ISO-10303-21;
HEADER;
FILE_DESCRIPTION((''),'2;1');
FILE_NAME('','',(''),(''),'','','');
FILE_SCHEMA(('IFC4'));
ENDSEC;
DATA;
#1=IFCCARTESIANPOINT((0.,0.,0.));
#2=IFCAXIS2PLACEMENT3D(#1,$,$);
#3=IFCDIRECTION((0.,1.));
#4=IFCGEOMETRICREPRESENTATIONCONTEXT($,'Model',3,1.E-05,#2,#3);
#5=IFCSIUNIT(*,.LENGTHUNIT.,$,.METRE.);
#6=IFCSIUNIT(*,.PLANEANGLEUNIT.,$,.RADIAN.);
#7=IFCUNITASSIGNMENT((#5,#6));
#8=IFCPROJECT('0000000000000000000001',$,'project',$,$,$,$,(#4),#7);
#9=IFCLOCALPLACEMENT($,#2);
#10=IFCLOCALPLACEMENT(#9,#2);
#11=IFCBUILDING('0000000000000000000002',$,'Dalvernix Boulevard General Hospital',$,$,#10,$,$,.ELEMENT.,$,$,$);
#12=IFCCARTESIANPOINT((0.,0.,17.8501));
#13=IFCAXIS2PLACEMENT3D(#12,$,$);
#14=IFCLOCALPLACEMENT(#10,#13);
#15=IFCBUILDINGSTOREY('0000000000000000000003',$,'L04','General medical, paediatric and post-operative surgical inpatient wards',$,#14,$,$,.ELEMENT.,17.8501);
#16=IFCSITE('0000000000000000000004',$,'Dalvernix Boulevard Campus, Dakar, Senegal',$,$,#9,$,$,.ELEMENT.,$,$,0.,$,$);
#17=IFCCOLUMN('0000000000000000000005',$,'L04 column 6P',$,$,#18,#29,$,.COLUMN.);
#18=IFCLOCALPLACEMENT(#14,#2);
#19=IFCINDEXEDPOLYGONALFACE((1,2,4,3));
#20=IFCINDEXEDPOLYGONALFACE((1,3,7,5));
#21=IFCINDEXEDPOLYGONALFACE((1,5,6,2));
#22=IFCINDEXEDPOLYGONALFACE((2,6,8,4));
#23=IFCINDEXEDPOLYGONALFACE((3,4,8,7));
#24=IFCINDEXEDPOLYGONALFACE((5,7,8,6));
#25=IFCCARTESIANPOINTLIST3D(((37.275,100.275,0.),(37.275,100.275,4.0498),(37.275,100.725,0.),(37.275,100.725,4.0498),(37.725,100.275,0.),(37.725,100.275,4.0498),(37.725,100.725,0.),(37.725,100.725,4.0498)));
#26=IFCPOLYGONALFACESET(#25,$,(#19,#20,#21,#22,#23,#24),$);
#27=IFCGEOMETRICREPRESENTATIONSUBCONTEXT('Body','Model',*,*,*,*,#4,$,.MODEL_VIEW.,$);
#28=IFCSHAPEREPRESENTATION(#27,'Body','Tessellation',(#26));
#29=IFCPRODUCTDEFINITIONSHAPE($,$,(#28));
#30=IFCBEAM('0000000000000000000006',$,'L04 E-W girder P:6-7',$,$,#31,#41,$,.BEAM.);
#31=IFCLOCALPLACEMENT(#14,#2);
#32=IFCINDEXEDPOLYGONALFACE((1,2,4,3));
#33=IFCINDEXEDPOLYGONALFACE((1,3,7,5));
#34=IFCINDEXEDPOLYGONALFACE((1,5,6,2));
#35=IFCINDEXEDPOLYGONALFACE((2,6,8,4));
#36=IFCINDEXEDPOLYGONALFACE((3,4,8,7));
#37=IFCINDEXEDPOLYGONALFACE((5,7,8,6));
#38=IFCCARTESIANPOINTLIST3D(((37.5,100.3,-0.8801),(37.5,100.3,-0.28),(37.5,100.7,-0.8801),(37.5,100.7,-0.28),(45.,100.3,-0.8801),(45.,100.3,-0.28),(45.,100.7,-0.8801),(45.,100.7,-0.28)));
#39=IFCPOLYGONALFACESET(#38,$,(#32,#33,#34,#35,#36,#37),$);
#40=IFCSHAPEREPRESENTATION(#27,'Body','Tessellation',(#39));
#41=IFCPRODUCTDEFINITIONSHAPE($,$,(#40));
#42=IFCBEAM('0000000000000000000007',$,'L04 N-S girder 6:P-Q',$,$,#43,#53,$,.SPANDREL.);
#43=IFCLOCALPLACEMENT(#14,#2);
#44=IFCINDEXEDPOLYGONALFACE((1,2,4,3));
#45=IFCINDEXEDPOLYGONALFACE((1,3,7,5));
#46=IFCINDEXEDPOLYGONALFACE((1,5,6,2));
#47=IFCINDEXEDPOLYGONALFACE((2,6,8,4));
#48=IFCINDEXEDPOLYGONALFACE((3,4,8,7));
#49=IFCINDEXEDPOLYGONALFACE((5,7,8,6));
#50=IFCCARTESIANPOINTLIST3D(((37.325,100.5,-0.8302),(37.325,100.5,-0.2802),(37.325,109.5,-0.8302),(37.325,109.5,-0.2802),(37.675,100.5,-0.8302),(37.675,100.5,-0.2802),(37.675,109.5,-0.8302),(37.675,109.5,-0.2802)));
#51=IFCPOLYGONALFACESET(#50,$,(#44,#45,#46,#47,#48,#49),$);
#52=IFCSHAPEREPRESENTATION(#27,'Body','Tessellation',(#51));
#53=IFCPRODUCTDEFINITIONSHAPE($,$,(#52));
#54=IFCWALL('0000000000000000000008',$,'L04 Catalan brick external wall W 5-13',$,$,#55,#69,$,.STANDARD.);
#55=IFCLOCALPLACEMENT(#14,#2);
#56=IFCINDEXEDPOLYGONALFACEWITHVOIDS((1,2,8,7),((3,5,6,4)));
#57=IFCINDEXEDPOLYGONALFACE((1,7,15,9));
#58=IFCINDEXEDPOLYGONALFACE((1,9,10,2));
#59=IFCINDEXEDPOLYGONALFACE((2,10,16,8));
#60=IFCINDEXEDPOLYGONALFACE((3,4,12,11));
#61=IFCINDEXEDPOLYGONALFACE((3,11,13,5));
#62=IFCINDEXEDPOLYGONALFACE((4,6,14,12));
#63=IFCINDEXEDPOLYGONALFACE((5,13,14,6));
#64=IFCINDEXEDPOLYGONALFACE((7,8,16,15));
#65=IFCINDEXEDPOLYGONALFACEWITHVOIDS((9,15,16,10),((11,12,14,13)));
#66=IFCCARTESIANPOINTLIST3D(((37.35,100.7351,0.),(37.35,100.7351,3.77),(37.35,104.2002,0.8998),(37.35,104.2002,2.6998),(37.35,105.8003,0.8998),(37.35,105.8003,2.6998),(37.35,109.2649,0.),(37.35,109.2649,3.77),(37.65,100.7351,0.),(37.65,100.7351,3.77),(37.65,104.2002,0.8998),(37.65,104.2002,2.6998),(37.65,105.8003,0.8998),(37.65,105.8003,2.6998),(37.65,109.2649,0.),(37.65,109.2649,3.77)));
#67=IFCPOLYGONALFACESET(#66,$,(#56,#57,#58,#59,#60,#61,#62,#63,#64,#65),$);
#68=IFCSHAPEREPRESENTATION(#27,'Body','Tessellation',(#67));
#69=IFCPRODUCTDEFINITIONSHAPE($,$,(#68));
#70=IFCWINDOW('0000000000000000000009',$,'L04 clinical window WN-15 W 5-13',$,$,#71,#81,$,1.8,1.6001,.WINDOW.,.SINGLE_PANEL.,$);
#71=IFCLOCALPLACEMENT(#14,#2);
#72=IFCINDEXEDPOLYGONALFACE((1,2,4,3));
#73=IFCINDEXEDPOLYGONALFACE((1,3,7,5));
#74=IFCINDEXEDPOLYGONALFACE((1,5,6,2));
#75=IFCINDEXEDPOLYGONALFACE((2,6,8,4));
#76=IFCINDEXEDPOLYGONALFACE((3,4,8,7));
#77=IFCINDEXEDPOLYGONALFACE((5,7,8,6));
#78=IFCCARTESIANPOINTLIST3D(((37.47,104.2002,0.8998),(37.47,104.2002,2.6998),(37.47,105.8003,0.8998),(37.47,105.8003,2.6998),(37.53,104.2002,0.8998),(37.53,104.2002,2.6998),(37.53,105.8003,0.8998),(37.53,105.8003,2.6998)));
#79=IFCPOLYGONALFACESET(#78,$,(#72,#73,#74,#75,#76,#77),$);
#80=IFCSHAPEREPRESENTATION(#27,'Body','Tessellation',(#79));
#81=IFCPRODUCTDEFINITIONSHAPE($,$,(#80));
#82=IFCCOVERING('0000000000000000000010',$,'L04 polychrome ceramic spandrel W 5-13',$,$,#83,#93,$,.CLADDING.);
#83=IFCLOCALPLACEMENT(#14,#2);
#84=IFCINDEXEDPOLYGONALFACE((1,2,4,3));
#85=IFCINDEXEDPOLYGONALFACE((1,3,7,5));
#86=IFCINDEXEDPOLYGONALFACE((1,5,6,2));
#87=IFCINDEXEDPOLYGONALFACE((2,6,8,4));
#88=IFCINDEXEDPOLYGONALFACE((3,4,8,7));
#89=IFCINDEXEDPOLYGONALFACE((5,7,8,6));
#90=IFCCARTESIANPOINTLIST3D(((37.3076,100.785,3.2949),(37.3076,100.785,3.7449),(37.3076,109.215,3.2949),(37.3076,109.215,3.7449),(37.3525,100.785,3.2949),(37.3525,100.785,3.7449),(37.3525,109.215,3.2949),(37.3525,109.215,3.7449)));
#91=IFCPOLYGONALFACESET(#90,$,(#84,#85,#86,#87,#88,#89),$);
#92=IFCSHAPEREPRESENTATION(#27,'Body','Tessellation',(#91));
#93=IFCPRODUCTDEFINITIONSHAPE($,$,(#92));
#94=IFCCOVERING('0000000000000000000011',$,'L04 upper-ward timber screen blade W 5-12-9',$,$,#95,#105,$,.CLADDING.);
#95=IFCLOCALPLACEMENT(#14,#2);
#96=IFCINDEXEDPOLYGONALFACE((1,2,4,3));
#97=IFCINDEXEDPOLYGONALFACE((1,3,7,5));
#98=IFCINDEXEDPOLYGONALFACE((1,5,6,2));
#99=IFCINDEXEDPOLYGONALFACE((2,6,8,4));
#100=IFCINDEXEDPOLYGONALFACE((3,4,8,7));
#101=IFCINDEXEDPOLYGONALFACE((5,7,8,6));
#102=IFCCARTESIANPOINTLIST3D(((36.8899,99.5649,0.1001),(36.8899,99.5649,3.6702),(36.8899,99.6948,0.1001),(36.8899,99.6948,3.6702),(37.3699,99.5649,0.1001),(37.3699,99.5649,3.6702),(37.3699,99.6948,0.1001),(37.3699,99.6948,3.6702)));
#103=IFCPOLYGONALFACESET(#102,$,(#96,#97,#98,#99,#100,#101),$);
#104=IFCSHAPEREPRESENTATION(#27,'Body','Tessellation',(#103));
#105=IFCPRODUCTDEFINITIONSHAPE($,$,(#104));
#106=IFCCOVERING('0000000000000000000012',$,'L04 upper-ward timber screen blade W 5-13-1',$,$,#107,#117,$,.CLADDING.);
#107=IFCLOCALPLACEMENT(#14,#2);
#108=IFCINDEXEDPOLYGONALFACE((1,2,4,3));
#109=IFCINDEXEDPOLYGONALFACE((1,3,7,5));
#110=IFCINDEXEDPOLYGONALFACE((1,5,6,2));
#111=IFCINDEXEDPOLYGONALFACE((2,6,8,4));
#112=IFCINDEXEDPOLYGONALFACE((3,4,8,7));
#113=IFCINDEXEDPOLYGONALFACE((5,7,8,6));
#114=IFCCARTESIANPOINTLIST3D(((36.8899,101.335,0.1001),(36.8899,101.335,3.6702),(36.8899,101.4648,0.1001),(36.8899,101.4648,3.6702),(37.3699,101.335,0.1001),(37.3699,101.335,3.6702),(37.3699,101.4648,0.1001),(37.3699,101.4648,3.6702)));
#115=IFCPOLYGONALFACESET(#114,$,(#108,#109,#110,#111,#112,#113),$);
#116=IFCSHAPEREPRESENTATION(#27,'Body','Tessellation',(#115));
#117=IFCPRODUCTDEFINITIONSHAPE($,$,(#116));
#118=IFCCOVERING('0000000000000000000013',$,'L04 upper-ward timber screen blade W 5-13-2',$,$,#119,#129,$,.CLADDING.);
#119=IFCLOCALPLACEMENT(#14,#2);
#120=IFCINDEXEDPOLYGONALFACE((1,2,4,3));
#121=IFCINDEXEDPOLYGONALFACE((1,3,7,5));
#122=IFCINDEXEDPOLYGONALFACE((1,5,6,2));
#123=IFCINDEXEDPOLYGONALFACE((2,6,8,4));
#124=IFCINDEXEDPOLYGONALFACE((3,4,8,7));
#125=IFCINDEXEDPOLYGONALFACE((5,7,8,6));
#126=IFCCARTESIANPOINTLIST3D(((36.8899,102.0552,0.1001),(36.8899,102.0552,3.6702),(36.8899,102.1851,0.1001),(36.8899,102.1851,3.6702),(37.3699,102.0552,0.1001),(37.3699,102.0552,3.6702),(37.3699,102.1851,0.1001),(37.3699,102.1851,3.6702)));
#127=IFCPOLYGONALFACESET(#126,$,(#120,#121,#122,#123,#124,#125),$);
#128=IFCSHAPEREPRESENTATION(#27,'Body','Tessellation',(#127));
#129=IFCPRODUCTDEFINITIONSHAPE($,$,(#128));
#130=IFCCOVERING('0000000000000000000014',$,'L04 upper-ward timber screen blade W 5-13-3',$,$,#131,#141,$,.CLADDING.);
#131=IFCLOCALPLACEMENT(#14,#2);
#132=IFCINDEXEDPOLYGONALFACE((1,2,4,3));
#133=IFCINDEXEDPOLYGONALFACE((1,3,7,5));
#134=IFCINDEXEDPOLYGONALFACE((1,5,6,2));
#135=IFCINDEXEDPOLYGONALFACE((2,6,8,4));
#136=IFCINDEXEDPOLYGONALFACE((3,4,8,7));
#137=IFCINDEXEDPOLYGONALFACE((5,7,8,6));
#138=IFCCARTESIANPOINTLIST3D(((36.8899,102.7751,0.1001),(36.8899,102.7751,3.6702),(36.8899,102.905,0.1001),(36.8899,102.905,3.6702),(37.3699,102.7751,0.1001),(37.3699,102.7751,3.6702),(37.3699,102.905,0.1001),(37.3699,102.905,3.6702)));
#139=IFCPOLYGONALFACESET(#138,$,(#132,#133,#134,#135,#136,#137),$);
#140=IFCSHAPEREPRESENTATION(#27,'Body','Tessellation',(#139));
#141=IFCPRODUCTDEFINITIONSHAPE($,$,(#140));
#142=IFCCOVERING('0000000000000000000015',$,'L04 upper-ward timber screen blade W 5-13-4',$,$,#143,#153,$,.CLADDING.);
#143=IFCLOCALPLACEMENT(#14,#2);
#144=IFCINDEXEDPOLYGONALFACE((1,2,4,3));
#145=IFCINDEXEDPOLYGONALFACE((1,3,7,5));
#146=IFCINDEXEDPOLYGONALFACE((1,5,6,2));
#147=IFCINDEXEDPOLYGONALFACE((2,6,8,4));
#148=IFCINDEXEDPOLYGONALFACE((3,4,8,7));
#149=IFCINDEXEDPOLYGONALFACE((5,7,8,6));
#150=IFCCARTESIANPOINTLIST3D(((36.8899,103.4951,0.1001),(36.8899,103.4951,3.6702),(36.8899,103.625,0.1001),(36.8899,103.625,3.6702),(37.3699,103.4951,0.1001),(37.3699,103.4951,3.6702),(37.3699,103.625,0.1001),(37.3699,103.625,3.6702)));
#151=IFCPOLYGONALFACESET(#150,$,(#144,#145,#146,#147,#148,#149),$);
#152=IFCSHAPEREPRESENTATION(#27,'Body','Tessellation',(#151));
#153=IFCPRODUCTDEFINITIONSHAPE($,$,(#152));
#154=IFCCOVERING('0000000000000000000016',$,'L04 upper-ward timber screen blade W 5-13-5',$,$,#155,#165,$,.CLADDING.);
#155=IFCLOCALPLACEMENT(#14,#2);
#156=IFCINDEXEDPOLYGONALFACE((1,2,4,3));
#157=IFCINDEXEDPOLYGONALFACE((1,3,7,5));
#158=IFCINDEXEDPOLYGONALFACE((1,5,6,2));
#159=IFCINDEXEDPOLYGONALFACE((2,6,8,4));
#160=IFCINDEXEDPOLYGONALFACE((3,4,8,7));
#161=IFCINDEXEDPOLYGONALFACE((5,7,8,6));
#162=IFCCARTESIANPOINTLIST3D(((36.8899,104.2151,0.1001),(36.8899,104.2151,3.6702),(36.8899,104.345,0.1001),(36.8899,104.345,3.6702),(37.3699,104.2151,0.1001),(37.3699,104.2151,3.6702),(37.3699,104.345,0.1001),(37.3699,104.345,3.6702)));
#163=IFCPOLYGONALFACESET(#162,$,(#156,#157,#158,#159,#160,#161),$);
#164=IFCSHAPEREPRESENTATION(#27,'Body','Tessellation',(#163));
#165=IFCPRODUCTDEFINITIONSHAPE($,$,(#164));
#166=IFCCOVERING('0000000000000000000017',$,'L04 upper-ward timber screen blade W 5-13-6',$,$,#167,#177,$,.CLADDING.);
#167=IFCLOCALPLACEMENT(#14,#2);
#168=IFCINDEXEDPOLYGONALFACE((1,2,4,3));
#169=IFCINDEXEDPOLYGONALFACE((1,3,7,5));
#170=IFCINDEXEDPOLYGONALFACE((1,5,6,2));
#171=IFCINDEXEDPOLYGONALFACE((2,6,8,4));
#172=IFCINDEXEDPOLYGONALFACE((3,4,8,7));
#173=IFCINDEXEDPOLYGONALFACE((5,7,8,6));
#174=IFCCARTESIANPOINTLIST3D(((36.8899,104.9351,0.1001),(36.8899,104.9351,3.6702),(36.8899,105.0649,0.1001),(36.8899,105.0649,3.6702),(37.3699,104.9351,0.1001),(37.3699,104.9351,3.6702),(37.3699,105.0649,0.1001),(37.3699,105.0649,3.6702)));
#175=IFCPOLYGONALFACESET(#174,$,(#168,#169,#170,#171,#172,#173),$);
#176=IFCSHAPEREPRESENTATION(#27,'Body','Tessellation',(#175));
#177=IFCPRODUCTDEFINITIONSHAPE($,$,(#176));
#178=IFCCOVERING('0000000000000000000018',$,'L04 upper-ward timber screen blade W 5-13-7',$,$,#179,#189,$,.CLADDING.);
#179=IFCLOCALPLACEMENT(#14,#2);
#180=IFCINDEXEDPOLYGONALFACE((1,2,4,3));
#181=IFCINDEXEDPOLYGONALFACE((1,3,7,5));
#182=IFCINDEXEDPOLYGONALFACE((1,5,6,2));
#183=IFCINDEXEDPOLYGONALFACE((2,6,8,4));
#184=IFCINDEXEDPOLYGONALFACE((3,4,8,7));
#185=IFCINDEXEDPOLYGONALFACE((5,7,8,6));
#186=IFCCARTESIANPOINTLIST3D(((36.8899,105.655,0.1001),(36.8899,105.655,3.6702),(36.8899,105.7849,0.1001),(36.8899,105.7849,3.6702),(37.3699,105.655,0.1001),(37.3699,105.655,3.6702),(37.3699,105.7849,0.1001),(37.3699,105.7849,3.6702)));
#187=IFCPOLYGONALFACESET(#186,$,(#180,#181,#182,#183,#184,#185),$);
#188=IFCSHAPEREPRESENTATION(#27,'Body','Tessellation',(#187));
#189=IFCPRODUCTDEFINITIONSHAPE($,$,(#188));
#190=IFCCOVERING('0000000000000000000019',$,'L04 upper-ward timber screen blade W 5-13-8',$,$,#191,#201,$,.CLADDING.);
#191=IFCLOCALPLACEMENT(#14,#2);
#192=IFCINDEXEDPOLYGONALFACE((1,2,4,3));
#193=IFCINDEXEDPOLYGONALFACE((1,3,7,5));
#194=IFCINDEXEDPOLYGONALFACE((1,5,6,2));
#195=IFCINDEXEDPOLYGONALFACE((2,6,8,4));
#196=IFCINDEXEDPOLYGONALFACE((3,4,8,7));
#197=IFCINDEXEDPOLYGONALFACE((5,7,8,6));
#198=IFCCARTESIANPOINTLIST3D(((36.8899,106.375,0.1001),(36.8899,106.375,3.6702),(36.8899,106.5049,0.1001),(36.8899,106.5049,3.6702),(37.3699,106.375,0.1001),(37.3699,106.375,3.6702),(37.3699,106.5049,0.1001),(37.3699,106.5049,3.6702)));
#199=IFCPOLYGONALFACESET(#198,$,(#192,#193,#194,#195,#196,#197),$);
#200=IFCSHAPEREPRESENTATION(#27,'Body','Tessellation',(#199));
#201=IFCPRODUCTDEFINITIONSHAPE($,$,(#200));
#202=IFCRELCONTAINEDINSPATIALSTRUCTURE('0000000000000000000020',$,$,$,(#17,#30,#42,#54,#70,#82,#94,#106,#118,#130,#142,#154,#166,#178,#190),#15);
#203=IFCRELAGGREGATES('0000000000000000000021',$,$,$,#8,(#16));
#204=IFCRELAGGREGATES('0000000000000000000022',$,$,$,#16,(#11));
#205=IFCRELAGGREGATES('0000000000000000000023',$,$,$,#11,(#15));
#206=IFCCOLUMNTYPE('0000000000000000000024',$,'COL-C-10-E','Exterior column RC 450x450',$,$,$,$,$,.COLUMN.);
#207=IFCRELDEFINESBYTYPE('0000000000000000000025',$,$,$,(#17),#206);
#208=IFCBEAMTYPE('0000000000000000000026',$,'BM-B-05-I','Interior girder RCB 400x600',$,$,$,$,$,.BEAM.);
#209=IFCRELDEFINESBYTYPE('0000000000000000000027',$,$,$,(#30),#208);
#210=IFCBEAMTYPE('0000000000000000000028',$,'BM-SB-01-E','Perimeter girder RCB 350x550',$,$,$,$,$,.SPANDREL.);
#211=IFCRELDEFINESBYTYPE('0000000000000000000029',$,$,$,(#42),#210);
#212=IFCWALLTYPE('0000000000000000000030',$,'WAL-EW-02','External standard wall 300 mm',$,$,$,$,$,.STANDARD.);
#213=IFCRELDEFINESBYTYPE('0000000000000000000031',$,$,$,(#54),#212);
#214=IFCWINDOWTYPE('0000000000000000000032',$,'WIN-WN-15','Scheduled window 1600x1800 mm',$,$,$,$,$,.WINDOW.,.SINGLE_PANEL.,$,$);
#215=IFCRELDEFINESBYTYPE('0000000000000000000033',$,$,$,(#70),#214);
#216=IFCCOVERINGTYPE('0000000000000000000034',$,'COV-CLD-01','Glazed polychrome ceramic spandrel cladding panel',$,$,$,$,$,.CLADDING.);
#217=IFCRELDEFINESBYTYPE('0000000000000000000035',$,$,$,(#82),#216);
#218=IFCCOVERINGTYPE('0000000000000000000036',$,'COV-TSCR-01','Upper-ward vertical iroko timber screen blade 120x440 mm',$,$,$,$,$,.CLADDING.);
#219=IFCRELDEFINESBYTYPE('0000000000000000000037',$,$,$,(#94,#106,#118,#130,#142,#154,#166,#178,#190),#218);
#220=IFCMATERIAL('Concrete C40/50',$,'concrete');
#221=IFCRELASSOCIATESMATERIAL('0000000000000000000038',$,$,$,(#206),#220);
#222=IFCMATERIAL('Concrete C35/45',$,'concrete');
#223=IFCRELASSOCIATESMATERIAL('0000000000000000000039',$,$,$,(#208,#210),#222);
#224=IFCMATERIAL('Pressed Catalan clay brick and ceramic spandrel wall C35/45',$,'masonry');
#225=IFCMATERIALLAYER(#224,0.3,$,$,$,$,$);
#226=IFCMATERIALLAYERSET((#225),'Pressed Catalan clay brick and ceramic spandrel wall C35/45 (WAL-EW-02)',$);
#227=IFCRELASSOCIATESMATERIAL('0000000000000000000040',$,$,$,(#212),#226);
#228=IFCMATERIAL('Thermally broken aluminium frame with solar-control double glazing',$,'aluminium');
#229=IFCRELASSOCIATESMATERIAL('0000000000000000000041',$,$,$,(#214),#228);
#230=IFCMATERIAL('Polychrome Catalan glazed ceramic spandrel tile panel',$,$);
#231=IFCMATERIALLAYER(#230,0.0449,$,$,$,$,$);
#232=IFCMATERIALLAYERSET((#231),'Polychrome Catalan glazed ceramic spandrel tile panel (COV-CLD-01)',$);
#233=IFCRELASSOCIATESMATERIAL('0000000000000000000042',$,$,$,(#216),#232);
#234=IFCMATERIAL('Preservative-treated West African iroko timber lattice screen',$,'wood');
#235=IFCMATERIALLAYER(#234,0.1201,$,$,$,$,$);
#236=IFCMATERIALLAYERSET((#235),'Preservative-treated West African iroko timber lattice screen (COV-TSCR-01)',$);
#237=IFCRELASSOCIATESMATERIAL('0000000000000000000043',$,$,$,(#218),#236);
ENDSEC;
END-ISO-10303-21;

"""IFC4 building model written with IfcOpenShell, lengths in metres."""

from ifc_helpers import new_model, si_unit, direction, frame, frame_2d, origin, origin_2d, place, context, subcontext, project, spatial, rectangle, extrude, material, layer, layer_set, material_profile, profile_set, type_object, element, fill, save


model = new_model("IFC4")

# Units and contexts
model_context = context("Model", 3, precision=1e-05, world=origin(), true_north=direction((0.0, 1.0)))
body_context = subcontext(model_context, "Body", "Model", "MODEL_VIEW")
ifc_project = project(units=[si_unit("LENGTHUNIT", "METRE"), si_unit("PLANEANGLEUNIT", "RADIAN")], contexts=[model_context])

# Site, building, storey
site_placement = place(None, origin())
site = spatial("IfcSite", under=ifc_project, at=site_placement, Name="Dalvernix Boulevard Campus, Dakar, Senegal", CompositionType="ELEMENT", RefElevation=0.0)
building_placement = place(site_placement, origin())
building = spatial("IfcBuilding", under=site, at=building_placement, Name="Dalvernix Boulevard General Hospital", CompositionType="ELEMENT")
storey_placement = place(building_placement, frame((0.0, 0.0, 17.8501)))
storey = spatial("IfcBuildingStorey", under=building, at=storey_placement, Name="L04", Description="General medical, paediatric and post-operative surgical inpatient wards", CompositionType="ELEMENT", Elevation=17.8501)

# Column
ifc_material_1 = material(Name="Concrete C40/50", Category="concrete")
ifc_material_profile_1 = material_profile(ifc_material_1, rectangle(XDim=0.45, YDim=0.45, at=origin_2d()), Name="RC 450x450")
ifc_profile_set_1 = profile_set([ifc_material_profile_1], Name="Concrete C40/50")
column_type = type_object("IfcColumnType", Name="COL-C-10-E", Description="Exterior column RC 450x450", PredefinedType="COLUMN", material=ifc_profile_set_1)
column_placement = place(storey_placement, frame((37.5, 100.5, 0.0), z_axis=(0.0, 0.0, 1.0), x_axis=(1.0, 0.0, 0.0)))
element("IfcColumn", 1, at=column_placement, inside=storey, type_object=column_type, Name="L04 column 6P", PredefinedType="COLUMN", context=body_context, shape_type="SweptSolid", body=[
    extrude(rectangle(XDim=0.45, YDim=0.45, at=origin_2d()), origin(), (0.0, 0.0, 1.0), 4.0498),
])

# Beams
ifc_material_2 = material(Name="Concrete C35/45", Category="concrete")
ifc_material_profile_2 = material_profile(ifc_material_2, rectangle(XDim=0.3999, YDim=0.6001, at=origin_2d()), Name="RCB 400x600")
ifc_profile_set_2 = profile_set([ifc_material_profile_2], Name="Concrete C35/45")
beam_type_1 = type_object("IfcBeamType", Name="BM-B-05-I", Description="Interior girder RCB 400x600", PredefinedType="BEAM", material=ifc_profile_set_2)
beam_1_placement = place(storey_placement, frame((37.5, 100.5, -0.5801), z_axis=(1.0, 0.0, 0.0), x_axis=(0.0, 1.0, 0.0)))
element("IfcBeam", 2, at=beam_1_placement, inside=storey, type_object=beam_type_1, Name="L04 E-W girder P:6-7", PredefinedType="BEAM", context=body_context, shape_type="SweptSolid", body=[
    extrude(rectangle(XDim=0.3999, YDim=0.6001, at=origin_2d()), origin(), (0.0, 0.0, 1.0), 7.5),
])
ifc_material_profile_3 = material_profile(ifc_material_2, rectangle(XDim=0.3501, YDim=0.55, at=origin_2d()), Name="RCB 350x550")
ifc_profile_set_3 = profile_set([ifc_material_profile_3], Name="Concrete C35/45")
beam_type_2 = type_object("IfcBeamType", Name="BM-SB-01-E", Description="Perimeter girder RCB 350x550", PredefinedType="SPANDREL", material=ifc_profile_set_3)
beam_2_placement = place(storey_placement, frame((37.5, 100.5, -0.5552), z_axis=(0.0, 1.0, 0.0), x_axis=(-1.0, 0.0, 0.0)))
element("IfcBeam", 3, at=beam_2_placement, inside=storey, type_object=beam_type_2, Name="L04 N-S girder 6:P-Q", PredefinedType="SPANDREL", context=body_context, shape_type="SweptSolid", body=[
    extrude(rectangle(XDim=0.3501, YDim=0.55, at=origin_2d()), origin(), (0.0, 0.0, 1.0), 9.0),
])

# Wall, opening, window
ifc_material_3 = material(Name="Pressed Catalan clay brick and ceramic spandrel wall C35/45", Category="masonry")
ifc_layer_1 = layer(ifc_material_3, 0.3)
ifc_layer_set_1 = layer_set([ifc_layer_1], Name="Pressed Catalan clay brick and ceramic spandrel wall C35/45 (WAL-EW-02)")
wall_type = type_object("IfcWallType", Name="WAL-EW-02", Description="External standard wall 300 mm", PredefinedType="STANDARD", material=ifc_layer_set_1)
wall_placement = place(storey_placement, frame((37.5, 100.7351, 0.0), z_axis=(0.0, 0.0, 1.0), x_axis=(0.0, 1.0, 0.0)))
wall = element("IfcWall", 4, at=wall_placement, inside=storey, type_object=wall_type, Name="L04 Catalan brick external wall W 5-13", PredefinedType="STANDARD", context=body_context, shape_type="SweptSolid", body=[
    extrude(rectangle(XDim=8.5298, YDim=0.3, at=frame_2d((4.2649, 0.0))), origin(), (0.0, 0.0, 1.0), 3.77),
])
opening_placement = place(wall_placement, frame((3.4651, 0.0, 0.8999)))
opening = element("IfcOpeningElement", 5, at=opening_placement, cuts=wall, PredefinedType="OPENING", context=body_context, shape_type="SweptSolid", body=[
    extrude(rectangle(XDim=1.6001, YDim=1.8, at=frame_2d((0.8, 0.8999))), frame((0.0, 0.1599, 0.0), z_axis=(0.0, -1.0, 0.0), x_axis=(1.0, 0.0, 0.0)), (0.0, 0.0, 1.0), 0.3201),
])
ifc_material_4 = material(Name="Thermally broken aluminium frame with solar-control double glazing", Category="aluminium")
window_type = type_object("IfcWindowType", Name="WIN-WN-15", Description="Scheduled window 1600x1800 mm", PartitioningType="SINGLE_PANEL", PredefinedType="WINDOW", material=ifc_material_4)
window_placement = place(opening_placement, origin())
window = element("IfcWindow", 6, at=window_placement, inside=storey, type_object=window_type, Name="L04 clinical window WN-15 W 5-13", OverallHeight=1.8, OverallWidth=1.6001, PartitioningType="SINGLE_PANEL", PredefinedType="WINDOW", context=body_context, shape_type="SweptSolid", body=[
    extrude(rectangle(XDim=1.6001, YDim=1.8, at=frame_2d((0.8, 0.8999))), frame((0.0, 0.03, 0.0), z_axis=(0.0, -1.0, 0.0), x_axis=(1.0, 0.0, 0.0)), (0.0, 0.0, 1.0), 0.0601),
])
fill(opening, window)

# Coverings
ifc_material_5 = material(Name="Polychrome Catalan glazed ceramic spandrel tile panel")
ifc_layer_2 = layer(ifc_material_5, 0.0449)
ifc_layer_set_2 = layer_set([ifc_layer_2], Name="Polychrome Catalan glazed ceramic spandrel tile panel (COV-CLD-01)")
covering_type_1 = type_object("IfcCoveringType", Name="COV-CLD-01", Description="Glazed polychrome ceramic spandrel cladding panel", PredefinedType="CLADDING", material=ifc_layer_set_2)
covering_placement = place(storey_placement, frame((37.3301, 105.0, 3.2949), z_axis=(0.0, 0.0, 1.0), x_axis=(0.0, 1.0, 0.0)))
element("IfcCovering", 7, at=covering_placement, inside=storey, type_object=covering_type_1, Name="L04 polychrome ceramic spandrel W 5-13", PredefinedType="CLADDING", context=body_context, shape_type="SweptSolid", body=[
    extrude(rectangle(XDim=8.4299, YDim=0.0449, at=origin_2d()), origin(), (0.0, 0.0, 1.0), 0.45),
])
ifc_material_6 = material(Name="Preservative-treated West African iroko timber lattice screen", Category="wood")
ifc_layer_3 = layer(ifc_material_6, 0.1201)
ifc_layer_set_3 = layer_set([ifc_layer_3], Name="Preservative-treated West African iroko timber lattice screen (COV-TSCR-01)")
covering_type_2 = type_object("IfcCoveringType", Name="COV-TSCR-01", Description="Upper-ward vertical iroko timber screen blade 120x440 mm", PredefinedType="CLADDING", material=ifc_layer_set_3)
for number, where, z_axis, x_axis, name in (
    (8, (37.1299, 99.6299, 0.1001), (0.0, 0.0, 1.0), (0.0, 1.0, 0.0), "L04 upper-ward timber screen blade W 5-12-9"),
    (9, (37.1299, 101.3999, 0.1001), (0.0, 0.0, 1.0), (0.0, 1.0, 0.0), "L04 upper-ward timber screen blade W 5-13-1"),
    (10, (37.1299, 102.1201, 0.1001), (0.0, 0.0, 1.0), (0.0, 1.0, 0.0), "L04 upper-ward timber screen blade W 5-13-2"),
    (11, (37.1299, 102.8401, 0.1001), (0.0, 0.0, 1.0), (0.0, 1.0, 0.0), "L04 upper-ward timber screen blade W 5-13-3"),
    (12, (37.1299, 103.5601, 0.1001), (0.0, 0.0, 1.0), (0.0, 1.0, 0.0), "L04 upper-ward timber screen blade W 5-13-4"),
    (13, (37.1299, 104.28, 0.1001), (0.0, 0.0, 1.0), (0.0, 1.0, 0.0), "L04 upper-ward timber screen blade W 5-13-5"),
    (14, (37.1299, 105.0, 0.1001), (0.0, 0.0, 1.0), (0.0, 1.0, 0.0), "L04 upper-ward timber screen blade W 5-13-6"),
    (15, (37.1299, 105.72, 0.1001), (0.0, 0.0, 1.0), (0.0, 1.0, 0.0), "L04 upper-ward timber screen blade W 5-13-7"),
    (16, (37.1299, 106.4399, 0.1001), (0.0, 0.0, 1.0), (0.0, 1.0, 0.0), "L04 upper-ward timber screen blade W 5-13-8"),
):
    element("IfcCovering", number, at=place(storey_placement, frame(where, z_axis=z_axis, x_axis=x_axis)), inside=storey, type_object=covering_type_2, Name=name, PredefinedType="CLADDING", context=body_context, shape_type="SweptSolid", body=[
        extrude(rectangle(XDim=0.1299, YDim=0.48, at=origin_2d()), origin(), (0.0, 0.0, 1.0), 3.5701),
    ])

save(model, "model.ifc")
